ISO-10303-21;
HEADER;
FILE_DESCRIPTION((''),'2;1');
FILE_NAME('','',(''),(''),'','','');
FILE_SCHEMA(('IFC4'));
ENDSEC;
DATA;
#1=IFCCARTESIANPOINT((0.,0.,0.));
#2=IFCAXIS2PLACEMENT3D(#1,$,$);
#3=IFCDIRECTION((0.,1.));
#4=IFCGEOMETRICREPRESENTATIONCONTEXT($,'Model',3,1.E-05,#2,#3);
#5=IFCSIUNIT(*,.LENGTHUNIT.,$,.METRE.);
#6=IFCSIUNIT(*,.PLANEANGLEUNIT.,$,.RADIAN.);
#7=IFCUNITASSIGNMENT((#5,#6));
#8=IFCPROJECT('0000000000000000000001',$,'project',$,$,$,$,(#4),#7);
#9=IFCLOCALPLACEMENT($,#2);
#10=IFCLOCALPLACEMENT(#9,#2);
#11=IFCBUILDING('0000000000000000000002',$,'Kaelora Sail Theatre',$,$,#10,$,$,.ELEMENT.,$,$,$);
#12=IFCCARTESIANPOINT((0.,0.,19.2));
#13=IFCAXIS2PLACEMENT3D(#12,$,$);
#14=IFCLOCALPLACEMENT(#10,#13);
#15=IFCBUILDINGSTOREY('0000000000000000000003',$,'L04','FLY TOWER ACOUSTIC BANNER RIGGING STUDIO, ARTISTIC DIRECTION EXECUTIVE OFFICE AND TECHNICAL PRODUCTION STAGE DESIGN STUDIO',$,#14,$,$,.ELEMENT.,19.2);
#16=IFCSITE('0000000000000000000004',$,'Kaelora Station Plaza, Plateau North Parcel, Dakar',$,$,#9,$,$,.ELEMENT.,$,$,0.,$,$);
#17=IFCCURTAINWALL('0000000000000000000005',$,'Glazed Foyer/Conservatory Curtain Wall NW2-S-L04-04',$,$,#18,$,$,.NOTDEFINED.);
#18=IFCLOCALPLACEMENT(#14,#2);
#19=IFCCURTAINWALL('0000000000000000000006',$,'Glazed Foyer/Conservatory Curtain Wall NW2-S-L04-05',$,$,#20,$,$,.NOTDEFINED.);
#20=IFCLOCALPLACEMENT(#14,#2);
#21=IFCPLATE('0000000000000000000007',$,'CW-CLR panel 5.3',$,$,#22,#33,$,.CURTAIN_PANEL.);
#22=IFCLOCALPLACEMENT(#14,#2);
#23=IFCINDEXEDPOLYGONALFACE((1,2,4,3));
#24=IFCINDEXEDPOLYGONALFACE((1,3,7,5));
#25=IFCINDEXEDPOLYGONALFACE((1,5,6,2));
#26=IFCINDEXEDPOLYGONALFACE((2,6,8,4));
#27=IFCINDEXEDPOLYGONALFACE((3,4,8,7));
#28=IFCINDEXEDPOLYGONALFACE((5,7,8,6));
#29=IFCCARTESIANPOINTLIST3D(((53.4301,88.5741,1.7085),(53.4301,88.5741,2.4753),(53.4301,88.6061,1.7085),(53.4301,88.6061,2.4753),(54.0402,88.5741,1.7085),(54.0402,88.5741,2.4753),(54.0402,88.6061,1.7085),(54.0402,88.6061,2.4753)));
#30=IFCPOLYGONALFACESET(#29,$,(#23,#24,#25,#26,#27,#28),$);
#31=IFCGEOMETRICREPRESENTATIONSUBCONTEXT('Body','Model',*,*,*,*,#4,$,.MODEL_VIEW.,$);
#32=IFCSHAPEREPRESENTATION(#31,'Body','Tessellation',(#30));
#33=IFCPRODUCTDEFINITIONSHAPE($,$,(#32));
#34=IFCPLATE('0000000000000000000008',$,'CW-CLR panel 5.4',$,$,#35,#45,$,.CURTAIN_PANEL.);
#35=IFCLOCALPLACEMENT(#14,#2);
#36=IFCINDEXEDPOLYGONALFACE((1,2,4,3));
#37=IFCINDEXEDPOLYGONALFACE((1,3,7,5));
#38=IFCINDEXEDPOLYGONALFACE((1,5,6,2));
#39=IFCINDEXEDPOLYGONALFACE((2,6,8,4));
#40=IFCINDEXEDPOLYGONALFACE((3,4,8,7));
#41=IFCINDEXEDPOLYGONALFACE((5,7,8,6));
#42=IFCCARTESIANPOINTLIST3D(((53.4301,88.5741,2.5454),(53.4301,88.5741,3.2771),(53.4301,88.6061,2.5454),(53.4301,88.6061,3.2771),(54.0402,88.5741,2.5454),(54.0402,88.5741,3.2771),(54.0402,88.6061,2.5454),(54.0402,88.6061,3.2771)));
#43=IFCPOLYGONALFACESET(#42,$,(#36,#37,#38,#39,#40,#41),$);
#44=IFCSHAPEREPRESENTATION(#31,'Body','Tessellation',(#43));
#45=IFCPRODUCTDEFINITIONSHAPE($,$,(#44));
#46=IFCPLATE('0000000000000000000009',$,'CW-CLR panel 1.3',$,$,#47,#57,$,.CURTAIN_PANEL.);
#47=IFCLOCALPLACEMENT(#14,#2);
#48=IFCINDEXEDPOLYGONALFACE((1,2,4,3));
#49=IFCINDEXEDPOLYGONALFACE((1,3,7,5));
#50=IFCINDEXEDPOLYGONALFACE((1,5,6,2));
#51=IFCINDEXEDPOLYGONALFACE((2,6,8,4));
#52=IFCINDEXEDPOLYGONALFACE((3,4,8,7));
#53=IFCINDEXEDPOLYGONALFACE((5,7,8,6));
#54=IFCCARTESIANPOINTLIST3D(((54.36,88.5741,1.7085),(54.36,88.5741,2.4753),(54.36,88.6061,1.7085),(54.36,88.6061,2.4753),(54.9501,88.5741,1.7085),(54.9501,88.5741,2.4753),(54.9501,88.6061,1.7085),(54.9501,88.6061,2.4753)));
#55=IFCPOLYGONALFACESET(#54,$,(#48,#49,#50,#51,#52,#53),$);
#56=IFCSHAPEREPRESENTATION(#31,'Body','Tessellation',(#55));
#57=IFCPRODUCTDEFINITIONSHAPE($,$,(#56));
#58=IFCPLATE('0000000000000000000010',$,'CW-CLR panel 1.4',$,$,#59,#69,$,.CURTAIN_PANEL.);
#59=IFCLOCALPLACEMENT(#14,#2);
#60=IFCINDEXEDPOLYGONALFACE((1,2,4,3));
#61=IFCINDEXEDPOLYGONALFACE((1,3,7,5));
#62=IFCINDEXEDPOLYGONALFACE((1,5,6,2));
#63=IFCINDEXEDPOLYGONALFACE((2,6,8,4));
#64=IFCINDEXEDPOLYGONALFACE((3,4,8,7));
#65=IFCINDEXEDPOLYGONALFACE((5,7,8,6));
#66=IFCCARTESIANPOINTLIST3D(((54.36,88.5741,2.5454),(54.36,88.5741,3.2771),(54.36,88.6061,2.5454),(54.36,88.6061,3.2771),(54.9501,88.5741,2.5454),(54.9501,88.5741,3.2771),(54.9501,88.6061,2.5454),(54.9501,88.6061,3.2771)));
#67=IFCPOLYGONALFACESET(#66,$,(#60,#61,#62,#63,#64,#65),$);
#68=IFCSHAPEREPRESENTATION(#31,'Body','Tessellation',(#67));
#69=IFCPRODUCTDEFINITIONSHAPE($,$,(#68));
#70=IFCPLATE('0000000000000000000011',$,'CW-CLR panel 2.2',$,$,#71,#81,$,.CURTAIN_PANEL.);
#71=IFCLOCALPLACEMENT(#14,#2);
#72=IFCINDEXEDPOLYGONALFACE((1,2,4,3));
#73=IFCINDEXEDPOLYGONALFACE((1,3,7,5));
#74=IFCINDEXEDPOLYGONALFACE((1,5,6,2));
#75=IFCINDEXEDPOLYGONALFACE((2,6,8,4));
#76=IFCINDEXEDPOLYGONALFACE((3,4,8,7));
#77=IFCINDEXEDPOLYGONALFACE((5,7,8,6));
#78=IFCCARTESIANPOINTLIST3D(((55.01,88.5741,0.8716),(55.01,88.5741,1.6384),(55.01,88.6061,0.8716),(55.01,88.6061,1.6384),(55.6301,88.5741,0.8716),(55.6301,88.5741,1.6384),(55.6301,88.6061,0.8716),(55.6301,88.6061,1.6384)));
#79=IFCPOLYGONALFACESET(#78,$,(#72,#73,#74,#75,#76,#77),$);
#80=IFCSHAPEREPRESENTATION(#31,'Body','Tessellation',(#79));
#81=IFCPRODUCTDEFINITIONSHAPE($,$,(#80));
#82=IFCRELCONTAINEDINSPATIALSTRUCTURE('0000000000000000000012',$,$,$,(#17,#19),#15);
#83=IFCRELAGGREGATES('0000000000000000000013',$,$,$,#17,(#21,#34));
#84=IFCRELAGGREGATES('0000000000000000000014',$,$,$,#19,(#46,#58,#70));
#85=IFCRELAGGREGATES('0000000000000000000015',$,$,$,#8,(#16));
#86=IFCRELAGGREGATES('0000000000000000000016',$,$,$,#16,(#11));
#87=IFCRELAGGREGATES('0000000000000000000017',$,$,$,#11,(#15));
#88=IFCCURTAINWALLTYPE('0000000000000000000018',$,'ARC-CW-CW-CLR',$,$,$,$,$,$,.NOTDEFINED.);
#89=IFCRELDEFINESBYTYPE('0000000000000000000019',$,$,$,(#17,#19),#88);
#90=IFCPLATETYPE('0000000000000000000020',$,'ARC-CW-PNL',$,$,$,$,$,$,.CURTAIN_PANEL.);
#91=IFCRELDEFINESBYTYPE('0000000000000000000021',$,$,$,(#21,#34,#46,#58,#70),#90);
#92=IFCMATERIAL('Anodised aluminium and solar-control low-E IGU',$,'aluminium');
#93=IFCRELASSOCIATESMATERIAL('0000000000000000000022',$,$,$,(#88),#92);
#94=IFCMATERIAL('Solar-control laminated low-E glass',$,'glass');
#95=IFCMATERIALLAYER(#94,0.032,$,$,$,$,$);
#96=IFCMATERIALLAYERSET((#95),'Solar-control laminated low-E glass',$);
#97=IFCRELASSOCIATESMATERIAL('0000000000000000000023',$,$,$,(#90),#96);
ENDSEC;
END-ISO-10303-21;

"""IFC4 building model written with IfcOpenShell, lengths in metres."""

from ifc_helpers import new_model, si_unit, direction, frame, origin, origin_2d, place, context, subcontext, project, spatial, rectangle, extrude, material, layer, layer_set, type_object, element, aggregate, save


model = new_model("IFC4")

# Units and contexts
model_context = context("Model", 3, precision=1e-05, world=origin(), true_north=direction((0.0, 1.0)))
body_context = subcontext(model_context, "Body", "Model", "MODEL_VIEW")
ifc_project = project(units=[si_unit("LENGTHUNIT", "METRE"), si_unit("PLANEANGLEUNIT", "RADIAN")], contexts=[model_context])

# Site, building, storey
site_placement = place(None, origin())
site = spatial("IfcSite", under=ifc_project, at=site_placement, Name="Kaelora Station Plaza, Plateau North Parcel, Dakar", CompositionType="ELEMENT", RefElevation=0.0)
building_placement = place(site_placement, origin())
building = spatial("IfcBuilding", under=site, at=building_placement, Name="Kaelora Sail Theatre", CompositionType="ELEMENT")
storey_placement = place(building_placement, frame((0.0, 0.0, 19.2)))
storey = spatial("IfcBuildingStorey", under=building, at=storey_placement, Name="L04", Description="FLY TOWER ACOUSTIC BANNER RIGGING STUDIO, ARTISTIC DIRECTION EXECUTIVE OFFICE AND TECHNICAL PRODUCTION STAGE DESIGN STUDIO", CompositionType="ELEMENT", Elevation=19.2)

# Curtain walls
ifc_material_1 = material(Name="Anodised aluminium and solar-control low-E IGU", Category="aluminium")
curtain_wall_type = type_object("IfcCurtainWallType", Name="ARC-CW-CW-CLR", PredefinedType="NOTDEFINED", material=ifc_material_1)
curtain_wall_1_placement = place(storey_placement, origin())
curtain_wall_1 = element("IfcCurtainWall", 1, at=curtain_wall_1_placement, inside=storey, type_object=curtain_wall_type, Name="Glazed Foyer/Conservatory Curtain Wall NW2-S-L04-04", PredefinedType="NOTDEFINED")
curtain_wall_2_placement = place(storey_placement, origin())
curtain_wall_2 = element("IfcCurtainWall", 2, at=curtain_wall_2_placement, inside=storey, type_object=curtain_wall_type, Name="Glazed Foyer/Conservatory Curtain Wall NW2-S-L04-05", PredefinedType="NOTDEFINED")

# Plates
ifc_material_2 = material(Name="Solar-control laminated low-E glass", Category="glass")
ifc_layer = layer(ifc_material_2, 0.032)
ifc_layer_set = layer_set([ifc_layer], Name="Solar-control laminated low-E glass")
plate_type = type_object("IfcPlateType", Name="ARC-CW-PNL", PredefinedType="CURTAIN_PANEL", material=ifc_layer_set)
plate_1_placement = place(storey_placement, frame((53.7351, 88.5901, 1.7085), z_axis=(0.0, 0.0, 1.0), x_axis=(1.0, 0.0, 0.0)))
plate_1 = element("IfcPlate", 3, at=plate_1_placement, type_object=plate_type, Name="CW-CLR panel 5.3", PredefinedType="CURTAIN_PANEL", context=body_context, shape_type="SweptSolid", body=[
    extrude(rectangle(XDim=0.6101, YDim=0.032, at=origin_2d()), origin(), (0.0, 0.0, 1.0), 0.7668),
])
plate_2_placement = place(storey_placement, frame((53.7351, 88.5901, 2.5454), z_axis=(0.0, 0.0, 1.0), x_axis=(1.0, 0.0, 0.0)))
plate_2 = element("IfcPlate", 4, at=plate_2_placement, type_object=plate_type, Name="CW-CLR panel 5.4", PredefinedType="CURTAIN_PANEL", context=body_context, shape_type="SweptSolid", body=[
    extrude(rectangle(XDim=0.6101, YDim=0.032, at=origin_2d()), origin(), (0.0, 0.0, 1.0), 0.7317),
])
aggregate(curtain_wall_1, [plate_1, plate_2])
plate_3_placement = place(storey_placement, frame((54.655, 88.5901, 1.7085), z_axis=(0.0, 0.0, 1.0), x_axis=(1.0, 0.0, 0.0)))
plate_3 = element("IfcPlate", 5, at=plate_3_placement, type_object=plate_type, Name="CW-CLR panel 1.3", PredefinedType="CURTAIN_PANEL", context=body_context, shape_type="SweptSolid", body=[
    extrude(rectangle(XDim=0.5901, YDim=0.032, at=origin_2d()), origin(), (0.0, 0.0, 1.0), 0.7668),
])
plate_4_placement = place(storey_placement, frame((54.655, 88.5901, 2.5454), z_axis=(0.0, 0.0, 1.0), x_axis=(1.0, 0.0, 0.0)))
plate_4 = element("IfcPlate", 6, at=plate_4_placement, type_object=plate_type, Name="CW-CLR panel 1.4", PredefinedType="CURTAIN_PANEL", context=body_context, shape_type="SweptSolid", body=[
    extrude(rectangle(XDim=0.5901, YDim=0.032, at=origin_2d()), origin(), (0.0, 0.0, 1.0), 0.7317),
])
plate_5_placement = place(storey_placement, frame((55.3201, 88.5901, 0.8716), z_axis=(0.0, 0.0, 1.0), x_axis=(1.0, 0.0, 0.0)))
plate_5 = element("IfcPlate", 7, at=plate_5_placement, type_object=plate_type, Name="CW-CLR panel 2.2", PredefinedType="CURTAIN_PANEL", context=body_context, shape_type="SweptSolid", body=[
    extrude(rectangle(XDim=0.6201, YDim=0.032, at=origin_2d()), origin(), (0.0, 0.0, 1.0), 0.7668),
])
aggregate(curtain_wall_2, [plate_3, plate_4, plate_5])

save(model, "model.ifc")
